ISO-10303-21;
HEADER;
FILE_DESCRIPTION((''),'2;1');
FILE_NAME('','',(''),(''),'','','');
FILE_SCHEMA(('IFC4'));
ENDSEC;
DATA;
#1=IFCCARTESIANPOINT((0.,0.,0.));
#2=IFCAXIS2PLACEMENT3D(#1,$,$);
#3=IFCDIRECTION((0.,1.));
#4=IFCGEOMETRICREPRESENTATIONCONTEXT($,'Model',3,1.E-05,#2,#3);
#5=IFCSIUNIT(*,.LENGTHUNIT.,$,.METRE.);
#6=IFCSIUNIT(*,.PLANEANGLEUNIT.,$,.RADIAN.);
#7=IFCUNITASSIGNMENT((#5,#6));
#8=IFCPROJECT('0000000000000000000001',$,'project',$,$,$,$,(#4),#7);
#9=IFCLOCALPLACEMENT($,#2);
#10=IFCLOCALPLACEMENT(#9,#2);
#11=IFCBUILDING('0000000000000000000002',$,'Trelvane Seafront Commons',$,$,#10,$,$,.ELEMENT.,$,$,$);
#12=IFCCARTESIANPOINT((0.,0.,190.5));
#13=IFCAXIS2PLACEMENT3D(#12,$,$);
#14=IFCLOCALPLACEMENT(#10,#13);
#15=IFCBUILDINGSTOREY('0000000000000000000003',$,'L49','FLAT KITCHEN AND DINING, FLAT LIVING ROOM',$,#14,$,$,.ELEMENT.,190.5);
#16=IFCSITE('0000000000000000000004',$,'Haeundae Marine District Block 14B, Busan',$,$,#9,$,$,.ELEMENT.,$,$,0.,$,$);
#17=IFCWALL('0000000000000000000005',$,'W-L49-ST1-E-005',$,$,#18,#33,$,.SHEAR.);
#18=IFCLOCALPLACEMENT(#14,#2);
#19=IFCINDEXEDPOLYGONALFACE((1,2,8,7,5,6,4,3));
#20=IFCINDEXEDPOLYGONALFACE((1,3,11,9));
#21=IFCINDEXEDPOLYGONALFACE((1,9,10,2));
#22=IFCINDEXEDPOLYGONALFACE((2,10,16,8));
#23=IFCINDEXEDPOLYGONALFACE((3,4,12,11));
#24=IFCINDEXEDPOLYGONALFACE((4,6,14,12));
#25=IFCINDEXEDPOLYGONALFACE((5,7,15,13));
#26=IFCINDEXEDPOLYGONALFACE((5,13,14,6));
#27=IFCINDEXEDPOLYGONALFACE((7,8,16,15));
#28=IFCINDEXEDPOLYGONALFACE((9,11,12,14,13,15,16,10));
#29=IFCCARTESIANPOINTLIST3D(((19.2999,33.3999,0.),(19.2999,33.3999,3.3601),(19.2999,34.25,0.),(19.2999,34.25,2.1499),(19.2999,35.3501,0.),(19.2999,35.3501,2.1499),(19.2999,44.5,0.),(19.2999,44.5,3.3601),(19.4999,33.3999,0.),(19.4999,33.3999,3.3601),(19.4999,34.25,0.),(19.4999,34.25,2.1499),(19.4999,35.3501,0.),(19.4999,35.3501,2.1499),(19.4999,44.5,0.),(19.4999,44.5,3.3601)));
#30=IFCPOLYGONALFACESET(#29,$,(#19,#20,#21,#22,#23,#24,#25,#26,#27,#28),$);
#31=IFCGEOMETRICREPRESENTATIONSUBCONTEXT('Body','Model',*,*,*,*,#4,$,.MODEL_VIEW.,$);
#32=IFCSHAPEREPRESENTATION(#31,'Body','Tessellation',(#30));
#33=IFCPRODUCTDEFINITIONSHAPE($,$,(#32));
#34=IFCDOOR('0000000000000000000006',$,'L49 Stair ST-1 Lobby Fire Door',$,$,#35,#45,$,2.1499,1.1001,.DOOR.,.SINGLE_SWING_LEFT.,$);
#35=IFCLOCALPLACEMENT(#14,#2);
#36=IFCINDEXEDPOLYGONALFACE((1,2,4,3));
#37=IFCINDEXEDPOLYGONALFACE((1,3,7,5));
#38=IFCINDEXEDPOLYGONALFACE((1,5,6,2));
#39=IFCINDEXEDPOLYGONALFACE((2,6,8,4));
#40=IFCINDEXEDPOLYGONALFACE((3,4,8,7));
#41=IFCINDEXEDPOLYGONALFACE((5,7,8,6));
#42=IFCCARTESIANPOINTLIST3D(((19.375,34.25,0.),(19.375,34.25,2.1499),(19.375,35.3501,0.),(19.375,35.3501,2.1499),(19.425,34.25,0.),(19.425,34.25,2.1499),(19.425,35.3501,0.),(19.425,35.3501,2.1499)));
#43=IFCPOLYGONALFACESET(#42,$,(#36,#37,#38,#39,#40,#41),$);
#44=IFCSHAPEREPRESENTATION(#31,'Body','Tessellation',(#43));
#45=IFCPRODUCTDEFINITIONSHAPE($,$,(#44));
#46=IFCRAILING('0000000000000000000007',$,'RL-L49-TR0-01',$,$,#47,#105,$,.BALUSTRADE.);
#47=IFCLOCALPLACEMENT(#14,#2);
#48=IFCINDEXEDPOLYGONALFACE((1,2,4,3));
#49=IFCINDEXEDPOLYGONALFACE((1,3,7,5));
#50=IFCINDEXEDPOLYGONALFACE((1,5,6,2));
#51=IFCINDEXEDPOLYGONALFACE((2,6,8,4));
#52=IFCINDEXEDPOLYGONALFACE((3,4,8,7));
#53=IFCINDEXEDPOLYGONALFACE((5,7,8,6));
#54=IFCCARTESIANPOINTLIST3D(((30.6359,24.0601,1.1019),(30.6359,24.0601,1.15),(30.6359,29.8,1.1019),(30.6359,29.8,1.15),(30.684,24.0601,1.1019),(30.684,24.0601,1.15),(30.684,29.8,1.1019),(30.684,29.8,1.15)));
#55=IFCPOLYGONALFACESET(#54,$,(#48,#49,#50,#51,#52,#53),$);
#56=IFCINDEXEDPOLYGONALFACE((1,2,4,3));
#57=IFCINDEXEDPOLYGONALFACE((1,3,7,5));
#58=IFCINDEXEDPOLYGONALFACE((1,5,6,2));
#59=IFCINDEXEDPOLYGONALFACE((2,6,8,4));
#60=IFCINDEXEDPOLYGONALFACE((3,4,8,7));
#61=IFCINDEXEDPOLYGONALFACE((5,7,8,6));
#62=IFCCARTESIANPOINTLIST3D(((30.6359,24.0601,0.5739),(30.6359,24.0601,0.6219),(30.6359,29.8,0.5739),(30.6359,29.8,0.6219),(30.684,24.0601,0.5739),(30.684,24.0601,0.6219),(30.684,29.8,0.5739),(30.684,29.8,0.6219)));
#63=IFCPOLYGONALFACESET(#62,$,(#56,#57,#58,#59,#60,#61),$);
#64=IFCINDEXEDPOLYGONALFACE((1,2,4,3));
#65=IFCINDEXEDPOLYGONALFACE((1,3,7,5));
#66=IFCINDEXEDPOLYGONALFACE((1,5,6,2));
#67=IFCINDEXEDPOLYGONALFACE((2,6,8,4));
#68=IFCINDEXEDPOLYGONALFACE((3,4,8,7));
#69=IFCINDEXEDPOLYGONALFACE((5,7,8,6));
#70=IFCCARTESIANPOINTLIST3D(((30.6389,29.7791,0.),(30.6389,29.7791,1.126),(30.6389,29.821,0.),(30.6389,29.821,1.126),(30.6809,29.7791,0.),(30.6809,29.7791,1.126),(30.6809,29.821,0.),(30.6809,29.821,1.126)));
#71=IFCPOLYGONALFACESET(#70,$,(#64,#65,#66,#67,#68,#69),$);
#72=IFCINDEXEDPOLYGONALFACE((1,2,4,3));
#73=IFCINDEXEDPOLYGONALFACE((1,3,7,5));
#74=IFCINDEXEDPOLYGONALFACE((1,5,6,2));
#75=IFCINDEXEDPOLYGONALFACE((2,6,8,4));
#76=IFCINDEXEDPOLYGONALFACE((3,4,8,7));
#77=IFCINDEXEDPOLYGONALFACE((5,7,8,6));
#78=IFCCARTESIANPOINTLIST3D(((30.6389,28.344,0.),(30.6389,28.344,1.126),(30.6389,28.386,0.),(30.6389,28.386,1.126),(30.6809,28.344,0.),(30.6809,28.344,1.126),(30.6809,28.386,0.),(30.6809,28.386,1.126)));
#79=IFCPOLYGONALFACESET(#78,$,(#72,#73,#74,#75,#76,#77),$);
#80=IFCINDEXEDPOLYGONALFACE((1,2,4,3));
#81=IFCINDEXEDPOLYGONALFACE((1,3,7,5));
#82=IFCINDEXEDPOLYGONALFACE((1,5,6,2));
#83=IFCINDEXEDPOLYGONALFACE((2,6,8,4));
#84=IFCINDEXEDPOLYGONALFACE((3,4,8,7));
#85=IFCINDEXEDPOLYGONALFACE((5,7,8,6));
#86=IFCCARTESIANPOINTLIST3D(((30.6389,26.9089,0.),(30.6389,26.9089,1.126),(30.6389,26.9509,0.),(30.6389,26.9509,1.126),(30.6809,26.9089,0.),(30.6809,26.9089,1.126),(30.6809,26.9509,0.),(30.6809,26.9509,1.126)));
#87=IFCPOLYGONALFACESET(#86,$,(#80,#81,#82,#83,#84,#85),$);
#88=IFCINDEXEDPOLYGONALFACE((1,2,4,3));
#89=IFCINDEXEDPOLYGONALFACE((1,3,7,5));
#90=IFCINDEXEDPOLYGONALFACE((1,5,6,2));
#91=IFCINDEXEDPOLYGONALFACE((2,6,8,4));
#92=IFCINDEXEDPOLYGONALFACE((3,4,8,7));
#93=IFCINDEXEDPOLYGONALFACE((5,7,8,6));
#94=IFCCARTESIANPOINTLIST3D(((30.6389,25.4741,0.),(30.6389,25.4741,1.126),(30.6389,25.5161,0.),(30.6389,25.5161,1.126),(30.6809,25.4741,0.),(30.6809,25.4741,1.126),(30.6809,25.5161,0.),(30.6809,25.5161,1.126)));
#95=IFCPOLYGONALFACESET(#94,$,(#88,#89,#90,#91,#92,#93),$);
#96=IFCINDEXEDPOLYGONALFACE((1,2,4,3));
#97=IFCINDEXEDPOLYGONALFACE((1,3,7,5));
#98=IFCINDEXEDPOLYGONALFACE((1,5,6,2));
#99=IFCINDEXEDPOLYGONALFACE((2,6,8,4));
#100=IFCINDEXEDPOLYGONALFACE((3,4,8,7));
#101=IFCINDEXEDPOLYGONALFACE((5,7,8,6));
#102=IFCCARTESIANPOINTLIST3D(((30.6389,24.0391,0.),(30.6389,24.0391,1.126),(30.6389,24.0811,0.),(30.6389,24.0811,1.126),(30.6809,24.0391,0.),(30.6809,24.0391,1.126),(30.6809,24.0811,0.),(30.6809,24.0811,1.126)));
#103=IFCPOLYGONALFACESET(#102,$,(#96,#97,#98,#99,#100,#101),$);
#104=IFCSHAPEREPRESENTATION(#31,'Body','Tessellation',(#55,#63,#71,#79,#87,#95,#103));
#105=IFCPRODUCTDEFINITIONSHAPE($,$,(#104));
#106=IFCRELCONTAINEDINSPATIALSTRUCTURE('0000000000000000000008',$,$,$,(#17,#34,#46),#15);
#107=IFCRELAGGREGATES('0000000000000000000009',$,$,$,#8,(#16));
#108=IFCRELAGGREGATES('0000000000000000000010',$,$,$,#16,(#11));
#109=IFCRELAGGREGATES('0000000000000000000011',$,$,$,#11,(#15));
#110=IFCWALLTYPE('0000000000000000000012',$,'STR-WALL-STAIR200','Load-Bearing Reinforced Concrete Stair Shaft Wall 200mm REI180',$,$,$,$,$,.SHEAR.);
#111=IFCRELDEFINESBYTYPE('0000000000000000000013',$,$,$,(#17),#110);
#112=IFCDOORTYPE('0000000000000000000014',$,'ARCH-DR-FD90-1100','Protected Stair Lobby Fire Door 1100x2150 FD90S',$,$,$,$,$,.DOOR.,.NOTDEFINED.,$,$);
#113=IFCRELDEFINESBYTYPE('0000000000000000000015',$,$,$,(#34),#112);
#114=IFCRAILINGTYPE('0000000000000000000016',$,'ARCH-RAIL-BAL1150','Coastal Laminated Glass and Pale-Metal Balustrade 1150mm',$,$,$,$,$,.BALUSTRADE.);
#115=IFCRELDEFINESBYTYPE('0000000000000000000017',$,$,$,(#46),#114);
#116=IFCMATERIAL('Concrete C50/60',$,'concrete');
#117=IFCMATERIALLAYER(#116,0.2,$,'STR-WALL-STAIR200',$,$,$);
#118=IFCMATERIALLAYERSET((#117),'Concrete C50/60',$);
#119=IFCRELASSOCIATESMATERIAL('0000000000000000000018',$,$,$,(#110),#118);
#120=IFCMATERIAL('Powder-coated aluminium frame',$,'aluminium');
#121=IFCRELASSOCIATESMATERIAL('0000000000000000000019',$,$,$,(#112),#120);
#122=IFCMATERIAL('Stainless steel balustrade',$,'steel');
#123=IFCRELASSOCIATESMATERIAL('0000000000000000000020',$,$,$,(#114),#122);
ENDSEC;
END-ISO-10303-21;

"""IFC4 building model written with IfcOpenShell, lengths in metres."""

from ifc_helpers import new_model, si_unit, direction, frame, frame_2d, origin, origin_2d, place, context, subcontext, project, spatial, rectangle, extrude, source, transform, mapped, material, layer, layer_set, type_object, element, fill, save


model = new_model("IFC4")

# Units and contexts
model_context = context("Model", 3, precision=1e-05, world=origin(), true_north=direction((0.0, 1.0)))
body_context = subcontext(model_context, "Body", "Model", "MODEL_VIEW")
ifc_project = project(units=[si_unit("LENGTHUNIT", "METRE"), si_unit("PLANEANGLEUNIT", "RADIAN")], contexts=[model_context])

# Site, building, storey
site_placement = place(None, origin())
site = spatial("IfcSite", under=ifc_project, at=site_placement, Name="Haeundae Marine District Block 14B, Busan", CompositionType="ELEMENT", RefElevation=0.0)
building_placement = place(site_placement, origin())
building = spatial("IfcBuilding", under=site, at=building_placement, Name="Trelvane Seafront Commons", CompositionType="ELEMENT")
storey_placement = place(building_placement, frame((0.0, 0.0, 190.5)))
storey = spatial("IfcBuildingStorey", under=building, at=storey_placement, Name="L49", Description="FLAT KITCHEN AND DINING, FLAT LIVING ROOM", CompositionType="ELEMENT", Elevation=190.5)

# Shared definitions
ifc_material_1 = material(Name="Concrete C50/60", Category="concrete")

# Shared definitions
ifc_material_2 = material(Name="Powder-coated aluminium frame", Category="aluminium")

# Wall, opening, door
ifc_layer_1 = layer(ifc_material_1, 0.2, Name="STR-WALL-STAIR200")
ifc_layer_set_1 = layer_set([ifc_layer_1], Name="Concrete C50/60")
wall_type_1 = type_object("IfcWallType", Name="STR-WALL-STAIR200", Description="Load-Bearing Reinforced Concrete Stair Shaft Wall 200mm REI180", PredefinedType="SHEAR", material=ifc_layer_set_1)
wall_1_placement = place(storey_placement, frame((19.3999, 33.3999, 0.0), z_axis=(0.0, 0.0, 1.0), x_axis=(0.0, 1.0, 0.0)))
wall_1 = element("IfcWall", 1, at=wall_1_placement, inside=storey, type_object=wall_type_1, Name="W-L49-ST1-E-005", PredefinedType="SHEAR", context=body_context, shape_type="SweptSolid", body=[
    extrude(rectangle(XDim=11.1001, YDim=0.2, at=frame_2d((5.55, 0.0))), origin(), (0.0, 0.0, 1.0), 3.3601),
])
opening_1_placement = place(wall_1_placement, frame((0.8501, 0.0, 0.0)))
opening_1 = element("IfcOpeningElement", 2, at=opening_1_placement, cuts=wall_1, PredefinedType="OPENING", context=body_context, shape_type="SweptSolid", body=[
    extrude(rectangle(XDim=1.1001, YDim=2.1499, at=frame_2d((0.55, 1.075))), frame((0.0, 0.1099, 0.0), z_axis=(0.0, -1.0, 0.0), x_axis=(1.0, 0.0, 0.0)), (0.0, 0.0, 1.0), 0.22),
])
door_type_1 = type_object("IfcDoorType", Name="ARCH-DR-FD90-1100", Description="Protected Stair Lobby Fire Door 1100x2150 FD90S", OperationType="NOTDEFINED", PredefinedType="DOOR", material=ifc_material_2)
shared_shape_1 = source(origin(), body_context, "Body", "SweptSolid", [
    extrude(rectangle(XDim=1.1001, YDim=2.1499, at=frame_2d((0.55, 1.075))), frame((0.0, 0.0249, 0.0), z_axis=(0.0, -1.0, 0.0), x_axis=(1.0, 0.0, 0.0)), (0.0, 0.0, 1.0), 0.05),
])
door_1_placement = place(opening_1_placement, origin())
door_1 = element("IfcDoor", 3, at=door_1_placement, inside=storey, type_object=door_type_1, Name="L49 Stair ST-1 Lobby Fire Door", OperationType="SINGLE_SWING_LEFT", OverallHeight=2.1499, OverallWidth=1.1001, PredefinedType="DOOR", context=body_context, shape_type="MappedRepresentation", body=[
    mapped(shared_shape_1, transform((0.0, 0.0, 0.0), x_axis=(1.0, 0.0, 0.0), y_axis=(0.0, 1.0, 0.0), z_axis=(0.0, 0.0, 1.0), scale=1.0)),
])
fill(opening_1, door_1)

# Railing
ifc_material_3 = material(Name="Stainless steel balustrade", Category="steel")
railing_type = type_object("IfcRailingType", Name="ARCH-RAIL-BAL1150", Description="Coastal Laminated Glass and Pale-Metal Balustrade 1150mm", PredefinedType="BALUSTRADE", material=ifc_material_3)
railing_placement = place(storey_placement, frame((30.6599, 29.8, 0.0)))
element("IfcRailing", 4, at=railing_placement, inside=storey, type_object=railing_type, Name="RL-L49-TR0-01", PredefinedType="BALUSTRADE", context=body_context, shape_type="SweptSolid", body=[
    extrude(rectangle(XDim=0.0481, YDim=0.0481, at=origin_2d()), frame((0.0, 0.0, 1.126), z_axis=(0.0, -1.0, 0.0), x_axis=(1.0, 0.0, 0.0)), (0.0, 0.0, 1.0), 5.74),
    extrude(rectangle(XDim=0.0481, YDim=0.0481, at=origin_2d()), frame((0.0, 0.0, 0.5979), z_axis=(0.0, -1.0, 0.0), x_axis=(1.0, 0.0, 0.0)), (0.0, 0.0, 1.0), 5.74),
    extrude(rectangle(XDim=0.042, YDim=0.042, at=origin_2d()), origin(), (0.0, 0.0, 1.0), 1.126),
    extrude(rectangle(XDim=0.042, YDim=0.042, at=origin_2d()), frame((0.0, -1.4351, 0.0)), (0.0, 0.0, 1.0), 1.126),
    extrude(rectangle(XDim=0.042, YDim=0.042, at=origin_2d()), frame((0.0, -2.8701, 0.0)), (0.0, 0.0, 1.0), 1.126),
    extrude(rectangle(XDim=0.042, YDim=0.042, at=origin_2d()), frame((0.0, -4.3049, 0.0)), (0.0, 0.0, 1.0), 1.126),
    extrude(rectangle(XDim=0.042, YDim=0.042, at=origin_2d()), frame((0.0, -5.74, 0.0)), (0.0, 0.0, 1.0), 1.126),
])

save(model, "model.ifc")
